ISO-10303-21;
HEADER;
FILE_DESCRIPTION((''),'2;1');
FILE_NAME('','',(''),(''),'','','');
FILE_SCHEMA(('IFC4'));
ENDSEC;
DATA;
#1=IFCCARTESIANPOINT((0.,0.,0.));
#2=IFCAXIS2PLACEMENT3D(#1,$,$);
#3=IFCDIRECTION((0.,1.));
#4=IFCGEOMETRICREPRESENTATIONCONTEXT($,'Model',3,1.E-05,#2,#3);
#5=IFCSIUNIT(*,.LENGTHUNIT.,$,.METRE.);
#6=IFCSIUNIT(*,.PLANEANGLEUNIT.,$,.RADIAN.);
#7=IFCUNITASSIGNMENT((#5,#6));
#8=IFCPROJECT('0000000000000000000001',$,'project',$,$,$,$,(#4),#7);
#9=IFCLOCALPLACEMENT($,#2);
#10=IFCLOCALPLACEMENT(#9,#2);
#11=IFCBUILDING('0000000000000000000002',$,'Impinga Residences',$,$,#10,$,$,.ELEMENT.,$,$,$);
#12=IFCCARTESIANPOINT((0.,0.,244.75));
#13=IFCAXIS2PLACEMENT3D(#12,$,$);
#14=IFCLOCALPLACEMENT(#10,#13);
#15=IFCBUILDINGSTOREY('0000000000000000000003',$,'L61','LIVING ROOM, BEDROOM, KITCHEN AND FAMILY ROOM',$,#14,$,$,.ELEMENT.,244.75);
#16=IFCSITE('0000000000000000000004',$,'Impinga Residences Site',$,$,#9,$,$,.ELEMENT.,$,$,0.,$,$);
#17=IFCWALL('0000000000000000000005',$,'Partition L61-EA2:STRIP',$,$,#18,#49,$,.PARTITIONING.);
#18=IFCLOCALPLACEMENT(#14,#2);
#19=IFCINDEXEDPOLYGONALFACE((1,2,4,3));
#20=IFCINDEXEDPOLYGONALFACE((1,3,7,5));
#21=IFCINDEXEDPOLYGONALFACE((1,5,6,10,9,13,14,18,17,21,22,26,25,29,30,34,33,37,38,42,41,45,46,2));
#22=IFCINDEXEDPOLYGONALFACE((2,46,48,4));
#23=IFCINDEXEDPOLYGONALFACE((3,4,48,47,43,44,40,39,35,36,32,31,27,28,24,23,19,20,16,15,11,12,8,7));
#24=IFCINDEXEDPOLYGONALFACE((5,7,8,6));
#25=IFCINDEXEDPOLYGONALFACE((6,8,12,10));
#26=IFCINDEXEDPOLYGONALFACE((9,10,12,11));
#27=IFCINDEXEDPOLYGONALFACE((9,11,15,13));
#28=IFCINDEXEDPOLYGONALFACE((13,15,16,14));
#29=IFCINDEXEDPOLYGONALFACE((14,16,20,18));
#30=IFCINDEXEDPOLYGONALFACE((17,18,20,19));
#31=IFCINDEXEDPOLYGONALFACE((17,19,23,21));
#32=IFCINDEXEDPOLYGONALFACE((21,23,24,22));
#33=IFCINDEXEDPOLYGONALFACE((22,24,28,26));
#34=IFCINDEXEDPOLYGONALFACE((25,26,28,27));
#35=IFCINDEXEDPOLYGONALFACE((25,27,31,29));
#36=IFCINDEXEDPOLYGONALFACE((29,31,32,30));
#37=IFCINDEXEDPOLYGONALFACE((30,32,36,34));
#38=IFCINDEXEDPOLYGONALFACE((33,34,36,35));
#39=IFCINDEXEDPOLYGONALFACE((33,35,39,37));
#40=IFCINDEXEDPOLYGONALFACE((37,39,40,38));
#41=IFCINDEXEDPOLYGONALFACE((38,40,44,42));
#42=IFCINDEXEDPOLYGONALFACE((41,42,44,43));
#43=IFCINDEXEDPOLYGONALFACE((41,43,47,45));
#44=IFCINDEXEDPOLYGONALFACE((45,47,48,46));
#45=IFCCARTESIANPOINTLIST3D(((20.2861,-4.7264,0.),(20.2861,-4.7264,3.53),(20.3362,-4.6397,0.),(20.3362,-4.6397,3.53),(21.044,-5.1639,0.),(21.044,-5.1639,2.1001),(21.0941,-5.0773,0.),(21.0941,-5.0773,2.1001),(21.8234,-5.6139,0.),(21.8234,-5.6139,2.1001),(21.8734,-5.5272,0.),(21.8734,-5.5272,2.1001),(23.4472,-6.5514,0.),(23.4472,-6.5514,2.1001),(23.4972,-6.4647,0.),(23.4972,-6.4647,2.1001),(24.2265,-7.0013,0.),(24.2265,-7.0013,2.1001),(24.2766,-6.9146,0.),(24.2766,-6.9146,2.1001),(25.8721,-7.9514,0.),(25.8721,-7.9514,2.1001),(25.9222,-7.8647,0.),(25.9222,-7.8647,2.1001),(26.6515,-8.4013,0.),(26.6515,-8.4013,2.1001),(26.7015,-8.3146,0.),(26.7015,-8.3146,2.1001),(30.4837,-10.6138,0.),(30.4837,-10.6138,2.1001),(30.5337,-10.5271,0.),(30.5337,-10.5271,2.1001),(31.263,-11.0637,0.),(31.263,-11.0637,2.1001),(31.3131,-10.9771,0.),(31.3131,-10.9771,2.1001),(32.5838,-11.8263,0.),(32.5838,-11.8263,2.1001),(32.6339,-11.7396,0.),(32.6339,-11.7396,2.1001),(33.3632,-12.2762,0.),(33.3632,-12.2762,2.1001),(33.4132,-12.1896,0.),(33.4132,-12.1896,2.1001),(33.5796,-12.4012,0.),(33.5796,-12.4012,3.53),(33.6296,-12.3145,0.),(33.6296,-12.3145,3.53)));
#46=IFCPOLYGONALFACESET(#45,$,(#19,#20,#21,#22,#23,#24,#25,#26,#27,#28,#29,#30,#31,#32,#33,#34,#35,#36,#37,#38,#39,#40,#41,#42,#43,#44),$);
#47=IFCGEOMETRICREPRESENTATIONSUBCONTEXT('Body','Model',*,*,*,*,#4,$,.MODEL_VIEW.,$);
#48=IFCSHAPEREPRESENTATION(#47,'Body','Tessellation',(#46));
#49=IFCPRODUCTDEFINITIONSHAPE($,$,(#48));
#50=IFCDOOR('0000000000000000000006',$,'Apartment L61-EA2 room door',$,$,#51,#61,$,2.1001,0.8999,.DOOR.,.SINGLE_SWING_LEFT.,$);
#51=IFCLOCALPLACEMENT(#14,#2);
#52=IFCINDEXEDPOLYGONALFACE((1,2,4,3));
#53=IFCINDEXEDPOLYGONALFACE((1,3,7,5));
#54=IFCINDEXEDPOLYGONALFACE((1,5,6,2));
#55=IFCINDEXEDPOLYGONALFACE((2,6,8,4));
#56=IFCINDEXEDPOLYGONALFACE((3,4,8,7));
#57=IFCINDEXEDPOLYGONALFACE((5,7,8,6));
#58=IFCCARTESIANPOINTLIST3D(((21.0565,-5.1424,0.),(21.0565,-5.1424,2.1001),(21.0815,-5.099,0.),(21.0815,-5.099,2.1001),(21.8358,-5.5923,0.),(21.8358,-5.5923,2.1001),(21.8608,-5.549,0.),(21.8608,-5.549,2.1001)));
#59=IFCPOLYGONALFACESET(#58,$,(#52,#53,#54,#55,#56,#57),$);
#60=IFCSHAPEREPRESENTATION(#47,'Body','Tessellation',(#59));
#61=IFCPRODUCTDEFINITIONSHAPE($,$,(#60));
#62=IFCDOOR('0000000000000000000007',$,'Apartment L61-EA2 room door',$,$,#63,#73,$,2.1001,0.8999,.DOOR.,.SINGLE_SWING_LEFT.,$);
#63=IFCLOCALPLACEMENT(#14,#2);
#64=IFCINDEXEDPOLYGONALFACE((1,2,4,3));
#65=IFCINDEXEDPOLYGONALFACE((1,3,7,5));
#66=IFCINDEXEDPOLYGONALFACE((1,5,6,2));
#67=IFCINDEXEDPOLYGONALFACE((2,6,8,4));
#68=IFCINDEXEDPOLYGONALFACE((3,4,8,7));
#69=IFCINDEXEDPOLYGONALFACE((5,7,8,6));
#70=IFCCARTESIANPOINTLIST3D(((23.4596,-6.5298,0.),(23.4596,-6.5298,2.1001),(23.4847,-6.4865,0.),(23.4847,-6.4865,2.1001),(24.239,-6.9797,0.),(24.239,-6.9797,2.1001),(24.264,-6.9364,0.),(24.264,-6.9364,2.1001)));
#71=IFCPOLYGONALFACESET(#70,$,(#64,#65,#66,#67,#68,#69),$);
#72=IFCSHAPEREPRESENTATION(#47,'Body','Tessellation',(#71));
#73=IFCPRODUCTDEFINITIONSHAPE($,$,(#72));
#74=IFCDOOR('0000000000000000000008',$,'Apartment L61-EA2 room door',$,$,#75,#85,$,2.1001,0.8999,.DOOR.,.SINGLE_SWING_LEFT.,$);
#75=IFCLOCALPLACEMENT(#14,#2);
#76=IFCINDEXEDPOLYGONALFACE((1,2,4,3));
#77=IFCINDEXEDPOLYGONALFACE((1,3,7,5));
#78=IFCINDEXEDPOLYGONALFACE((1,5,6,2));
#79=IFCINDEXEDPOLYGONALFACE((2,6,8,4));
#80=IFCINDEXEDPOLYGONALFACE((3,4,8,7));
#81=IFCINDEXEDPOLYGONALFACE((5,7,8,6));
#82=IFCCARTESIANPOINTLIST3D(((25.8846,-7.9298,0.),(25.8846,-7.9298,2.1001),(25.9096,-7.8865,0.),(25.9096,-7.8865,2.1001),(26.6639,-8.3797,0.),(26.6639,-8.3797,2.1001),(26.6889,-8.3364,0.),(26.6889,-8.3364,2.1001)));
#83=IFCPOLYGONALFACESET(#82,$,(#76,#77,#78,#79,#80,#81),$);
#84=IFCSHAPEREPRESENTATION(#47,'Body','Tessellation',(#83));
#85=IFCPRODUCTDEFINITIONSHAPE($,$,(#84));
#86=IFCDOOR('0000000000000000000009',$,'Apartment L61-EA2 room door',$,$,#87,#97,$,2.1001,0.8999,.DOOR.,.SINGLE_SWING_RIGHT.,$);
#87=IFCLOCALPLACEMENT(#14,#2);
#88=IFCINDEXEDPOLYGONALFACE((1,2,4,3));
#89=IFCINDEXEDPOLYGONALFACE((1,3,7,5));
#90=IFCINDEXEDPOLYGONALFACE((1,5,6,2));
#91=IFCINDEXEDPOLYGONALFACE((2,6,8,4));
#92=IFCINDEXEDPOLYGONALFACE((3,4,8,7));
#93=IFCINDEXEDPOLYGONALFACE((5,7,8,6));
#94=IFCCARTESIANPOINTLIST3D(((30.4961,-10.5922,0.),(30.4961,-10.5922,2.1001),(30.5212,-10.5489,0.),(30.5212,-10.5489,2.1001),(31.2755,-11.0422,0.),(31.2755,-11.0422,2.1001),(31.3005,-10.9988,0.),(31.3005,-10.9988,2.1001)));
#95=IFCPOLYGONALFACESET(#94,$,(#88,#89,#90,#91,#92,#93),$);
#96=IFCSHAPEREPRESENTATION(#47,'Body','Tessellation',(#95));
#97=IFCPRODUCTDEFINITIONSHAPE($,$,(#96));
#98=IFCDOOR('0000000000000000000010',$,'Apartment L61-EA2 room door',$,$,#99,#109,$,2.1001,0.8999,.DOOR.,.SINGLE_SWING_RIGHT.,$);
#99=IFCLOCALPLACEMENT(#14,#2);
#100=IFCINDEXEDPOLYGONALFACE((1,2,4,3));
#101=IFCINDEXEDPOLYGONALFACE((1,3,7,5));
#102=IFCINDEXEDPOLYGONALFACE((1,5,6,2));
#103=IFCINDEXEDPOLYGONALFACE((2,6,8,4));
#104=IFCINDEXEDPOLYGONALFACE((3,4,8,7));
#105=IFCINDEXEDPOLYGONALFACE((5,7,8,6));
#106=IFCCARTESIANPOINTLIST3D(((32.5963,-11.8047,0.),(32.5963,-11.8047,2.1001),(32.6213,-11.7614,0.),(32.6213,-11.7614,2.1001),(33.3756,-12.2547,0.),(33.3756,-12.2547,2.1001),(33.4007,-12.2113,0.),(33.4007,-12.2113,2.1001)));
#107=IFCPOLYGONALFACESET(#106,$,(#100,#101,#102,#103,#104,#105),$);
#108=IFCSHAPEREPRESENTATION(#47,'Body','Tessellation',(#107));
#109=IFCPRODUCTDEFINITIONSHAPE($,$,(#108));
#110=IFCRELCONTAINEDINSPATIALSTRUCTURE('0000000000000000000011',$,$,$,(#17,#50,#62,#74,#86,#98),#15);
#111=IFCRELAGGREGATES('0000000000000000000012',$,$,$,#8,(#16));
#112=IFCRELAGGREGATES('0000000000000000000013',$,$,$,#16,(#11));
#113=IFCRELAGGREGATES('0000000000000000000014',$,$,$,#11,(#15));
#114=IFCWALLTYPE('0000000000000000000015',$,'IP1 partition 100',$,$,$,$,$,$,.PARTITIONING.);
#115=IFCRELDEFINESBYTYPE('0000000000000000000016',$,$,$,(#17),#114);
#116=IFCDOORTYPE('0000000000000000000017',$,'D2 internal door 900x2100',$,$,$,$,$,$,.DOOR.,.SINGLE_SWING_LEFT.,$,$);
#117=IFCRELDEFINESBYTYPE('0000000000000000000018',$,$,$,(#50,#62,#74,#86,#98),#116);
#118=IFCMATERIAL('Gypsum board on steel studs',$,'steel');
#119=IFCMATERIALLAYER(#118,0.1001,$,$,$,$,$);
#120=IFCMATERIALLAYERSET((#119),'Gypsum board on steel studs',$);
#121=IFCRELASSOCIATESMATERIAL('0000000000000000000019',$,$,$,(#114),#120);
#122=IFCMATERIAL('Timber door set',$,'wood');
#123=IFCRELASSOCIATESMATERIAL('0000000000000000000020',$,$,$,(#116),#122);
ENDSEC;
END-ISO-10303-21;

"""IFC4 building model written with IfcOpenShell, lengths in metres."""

from ifc_helpers import new_model, si_unit, direction, frame, frame_2d, origin, place, context, subcontext, project, spatial, rectangle, extrude, material, layer, layer_set, type_object, element, fill, save


model = new_model("IFC4")

# Units and contexts
model_context = context("Model", 3, precision=1e-05, world=origin(), true_north=direction((0.0, 1.0)))
body_context = subcontext(model_context, "Body", "Model", "MODEL_VIEW")
ifc_project = project(units=[si_unit("LENGTHUNIT", "METRE"), si_unit("PLANEANGLEUNIT", "RADIAN")], contexts=[model_context])

# Site, building, storey
site_placement = place(None, origin())
site = spatial("IfcSite", under=ifc_project, at=site_placement, Name="Impinga Residences Site", CompositionType="ELEMENT", RefElevation=0.0)
building_placement = place(site_placement, origin())
building = spatial("IfcBuilding", under=site, at=building_placement, Name="Impinga Residences", CompositionType="ELEMENT")
storey_placement = place(building_placement, frame((0.0, 0.0, 244.75)))
storey = spatial("IfcBuildingStorey", under=building, at=storey_placement, Name="L61", Description="LIVING ROOM, BEDROOM, KITCHEN AND FAMILY ROOM", CompositionType="ELEMENT", Elevation=244.75)

# Shared definitions
ifc_material_1 = material(Name="Gypsum board on steel studs", Category="steel")
ifc_layer_1 = layer(ifc_material_1, 0.1001)
ifc_layer_set_1 = layer_set([ifc_layer_1], Name="Gypsum board on steel studs")
wall_type_1 = type_object("IfcWallType", Name="IP1 partition 100", PredefinedType="PARTITIONING", material=ifc_layer_set_1)

# Shared definitions
ifc_material_2 = material(Name="Timber door set", Category="wood")
door_type = type_object("IfcDoorType", Name="D2 internal door 900x2100", OperationType="SINGLE_SWING_LEFT", PredefinedType="DOOR", material=ifc_material_2)

# Wall, openings, doors
wall_1_placement = place(storey_placement, frame((20.3113, -4.6831, 0.0), z_axis=(0.0, 0.0, 1.0), x_axis=(0.86603, -0.499991, 0.0)))
wall_1 = element("IfcWall", 1, at=wall_1_placement, inside=storey, type_object=wall_type_1, Name="Partition L61-EA2:STRIP", PredefinedType="PARTITIONING", context=body_context, shape_type="SweptSolid", body=[
    extrude(rectangle(XDim=15.3499, YDim=0.1001, at=frame_2d((7.6748, 0.0))), origin(), (0.0, 0.0, 1.0), 3.53),
])
opening_1_placement = place(wall_1_placement, frame((0.875, 0.0, 0.0)))
opening_1 = element("IfcOpeningElement", 2, at=opening_1_placement, cuts=wall_1, PredefinedType="OPENING", context=body_context, shape_type="SweptSolid", body=[
    extrude(rectangle(XDim=0.8999, YDim=2.1001, at=frame_2d((0.45, 1.05))), frame((0.0, 0.0601, 0.0), z_axis=(0.0, -1.0, 0.0), x_axis=(1.0, 0.0, 0.0)), (0.0, 0.0, 1.0), 0.1201),
])
opening_2_placement = place(wall_1_placement, frame((3.6499, 0.0, 0.0)))
opening_2 = element("IfcOpeningElement", 3, at=opening_2_placement, cuts=wall_1, PredefinedType="OPENING", context=body_context, shape_type="SweptSolid", body=[
    extrude(rectangle(XDim=0.8999, YDim=2.1001, at=frame_2d((0.45, 1.05))), frame((0.0, 0.0601, 0.0), z_axis=(0.0, -1.0, 0.0), x_axis=(1.0, 0.0, 0.0)), (0.0, 0.0, 1.0), 0.1201),
])
opening_3_placement = place(wall_1_placement, frame((6.45, 0.0, 0.0)))
opening_3 = element("IfcOpeningElement", 4, at=opening_3_placement, cuts=wall_1, PredefinedType="OPENING", context=body_context, shape_type="SweptSolid", body=[
    extrude(rectangle(XDim=0.8999, YDim=2.1001, at=frame_2d((0.45, 1.05))), frame((0.0, 0.0601, 0.0), z_axis=(0.0, -1.0, 0.0), x_axis=(1.0, 0.0, 0.0)), (0.0, 0.0, 1.0), 0.1201),
])
opening_4_placement = place(wall_1_placement, frame((11.7749, 0.0, 0.0)))
opening_4 = element("IfcOpeningElement", 5, at=opening_4_placement, cuts=wall_1, PredefinedType="OPENING", context=body_context, shape_type="SweptSolid", body=[
    extrude(rectangle(XDim=0.8999, YDim=2.1001, at=frame_2d((0.45, 1.05))), frame((0.0, 0.0601, 0.0), z_axis=(0.0, -1.0, 0.0), x_axis=(1.0, 0.0, 0.0)), (0.0, 0.0, 1.0), 0.1201),
])
opening_5_placement = place(wall_1_placement, frame((14.2, 0.0, 0.0)))
opening_5 = element("IfcOpeningElement", 6, at=opening_5_placement, cuts=wall_1, PredefinedType="OPENING", context=body_context, shape_type="SweptSolid", body=[
    extrude(rectangle(XDim=0.8999, YDim=2.1001, at=frame_2d((0.45, 1.05))), frame((0.0, 0.0601, 0.0), z_axis=(0.0, -1.0, 0.0), x_axis=(1.0, 0.0, 0.0)), (0.0, 0.0, 1.0), 0.1201),
])
door_1_placement = place(opening_1_placement, origin())
door_1 = element("IfcDoor", 7, at=door_1_placement, inside=storey, type_object=door_type, Name="Apartment L61-EA2 room door", OperationType="SINGLE_SWING_LEFT", OverallHeight=2.1001, OverallWidth=0.8999, PredefinedType="DOOR", context=body_context, shape_type="SweptSolid", body=[
    extrude(rectangle(XDim=0.8999, YDim=2.1001, at=frame_2d((0.45, 1.05))), frame((0.0, 0.0249, 0.0), z_axis=(0.0, -1.0, 0.0), x_axis=(1.0, 0.0, 0.0)), (0.0, 0.0, 1.0), 0.05),
])
fill(opening_1, door_1)
door_2_placement = place(opening_2_placement, origin())
door_2 = element("IfcDoor", 8, at=door_2_placement, inside=storey, type_object=door_type, Name="Apartment L61-EA2 room door", OperationType="SINGLE_SWING_LEFT", OverallHeight=2.1001, OverallWidth=0.8999, PredefinedType="DOOR", context=body_context, shape_type="SweptSolid", body=[
    extrude(rectangle(XDim=0.8999, YDim=2.1001, at=frame_2d((0.45, 1.05))), frame((0.0, 0.0249, 0.0), z_axis=(0.0, -1.0, 0.0), x_axis=(1.0, 0.0, 0.0)), (0.0, 0.0, 1.0), 0.05),
])
fill(opening_2, door_2)
door_3_placement = place(opening_3_placement, origin())
door_3 = element("IfcDoor", 9, at=door_3_placement, inside=storey, type_object=door_type, Name="Apartment L61-EA2 room door", OperationType="SINGLE_SWING_LEFT", OverallHeight=2.1001, OverallWidth=0.8999, PredefinedType="DOOR", context=body_context, shape_type="SweptSolid", body=[
    extrude(rectangle(XDim=0.8999, YDim=2.1001, at=frame_2d((0.45, 1.05))), frame((0.0, 0.0249, 0.0), z_axis=(0.0, -1.0, 0.0), x_axis=(1.0, 0.0, 0.0)), (0.0, 0.0, 1.0), 0.05),
])
fill(opening_3, door_3)
door_4_placement = place(opening_4_placement, origin())
door_4 = element("IfcDoor", 10, at=door_4_placement, inside=storey, type_object=door_type, Name="Apartment L61-EA2 room door", OperationType="SINGLE_SWING_RIGHT", OverallHeight=2.1001, OverallWidth=0.8999, PredefinedType="DOOR", context=body_context, shape_type="SweptSolid", body=[
    extrude(rectangle(XDim=0.8999, YDim=2.1001, at=frame_2d((0.45, 1.05))), frame((0.0, 0.0249, 0.0), z_axis=(0.0, -1.0, 0.0), x_axis=(1.0, 0.0, 0.0)), (0.0, 0.0, 1.0), 0.05),
])
fill(opening_4, door_4)
door_5_placement = place(opening_5_placement, origin())
door_5 = element("IfcDoor", 11, at=door_5_placement, inside=storey, type_object=door_type, Name="Apartment L61-EA2 room door", OperationType="SINGLE_SWING_RIGHT", OverallHeight=2.1001, OverallWidth=0.8999, PredefinedType="DOOR", context=body_context, shape_type="SweptSolid", body=[
    extrude(rectangle(XDim=0.8999, YDim=2.1001, at=frame_2d((0.45, 1.05))), frame((0.0, 0.0249, 0.0), z_axis=(0.0, -1.0, 0.0), x_axis=(1.0, 0.0, 0.0)), (0.0, 0.0, 1.0), 0.05),
])
fill(opening_5, door_5)

save(model, "model.ifc")
